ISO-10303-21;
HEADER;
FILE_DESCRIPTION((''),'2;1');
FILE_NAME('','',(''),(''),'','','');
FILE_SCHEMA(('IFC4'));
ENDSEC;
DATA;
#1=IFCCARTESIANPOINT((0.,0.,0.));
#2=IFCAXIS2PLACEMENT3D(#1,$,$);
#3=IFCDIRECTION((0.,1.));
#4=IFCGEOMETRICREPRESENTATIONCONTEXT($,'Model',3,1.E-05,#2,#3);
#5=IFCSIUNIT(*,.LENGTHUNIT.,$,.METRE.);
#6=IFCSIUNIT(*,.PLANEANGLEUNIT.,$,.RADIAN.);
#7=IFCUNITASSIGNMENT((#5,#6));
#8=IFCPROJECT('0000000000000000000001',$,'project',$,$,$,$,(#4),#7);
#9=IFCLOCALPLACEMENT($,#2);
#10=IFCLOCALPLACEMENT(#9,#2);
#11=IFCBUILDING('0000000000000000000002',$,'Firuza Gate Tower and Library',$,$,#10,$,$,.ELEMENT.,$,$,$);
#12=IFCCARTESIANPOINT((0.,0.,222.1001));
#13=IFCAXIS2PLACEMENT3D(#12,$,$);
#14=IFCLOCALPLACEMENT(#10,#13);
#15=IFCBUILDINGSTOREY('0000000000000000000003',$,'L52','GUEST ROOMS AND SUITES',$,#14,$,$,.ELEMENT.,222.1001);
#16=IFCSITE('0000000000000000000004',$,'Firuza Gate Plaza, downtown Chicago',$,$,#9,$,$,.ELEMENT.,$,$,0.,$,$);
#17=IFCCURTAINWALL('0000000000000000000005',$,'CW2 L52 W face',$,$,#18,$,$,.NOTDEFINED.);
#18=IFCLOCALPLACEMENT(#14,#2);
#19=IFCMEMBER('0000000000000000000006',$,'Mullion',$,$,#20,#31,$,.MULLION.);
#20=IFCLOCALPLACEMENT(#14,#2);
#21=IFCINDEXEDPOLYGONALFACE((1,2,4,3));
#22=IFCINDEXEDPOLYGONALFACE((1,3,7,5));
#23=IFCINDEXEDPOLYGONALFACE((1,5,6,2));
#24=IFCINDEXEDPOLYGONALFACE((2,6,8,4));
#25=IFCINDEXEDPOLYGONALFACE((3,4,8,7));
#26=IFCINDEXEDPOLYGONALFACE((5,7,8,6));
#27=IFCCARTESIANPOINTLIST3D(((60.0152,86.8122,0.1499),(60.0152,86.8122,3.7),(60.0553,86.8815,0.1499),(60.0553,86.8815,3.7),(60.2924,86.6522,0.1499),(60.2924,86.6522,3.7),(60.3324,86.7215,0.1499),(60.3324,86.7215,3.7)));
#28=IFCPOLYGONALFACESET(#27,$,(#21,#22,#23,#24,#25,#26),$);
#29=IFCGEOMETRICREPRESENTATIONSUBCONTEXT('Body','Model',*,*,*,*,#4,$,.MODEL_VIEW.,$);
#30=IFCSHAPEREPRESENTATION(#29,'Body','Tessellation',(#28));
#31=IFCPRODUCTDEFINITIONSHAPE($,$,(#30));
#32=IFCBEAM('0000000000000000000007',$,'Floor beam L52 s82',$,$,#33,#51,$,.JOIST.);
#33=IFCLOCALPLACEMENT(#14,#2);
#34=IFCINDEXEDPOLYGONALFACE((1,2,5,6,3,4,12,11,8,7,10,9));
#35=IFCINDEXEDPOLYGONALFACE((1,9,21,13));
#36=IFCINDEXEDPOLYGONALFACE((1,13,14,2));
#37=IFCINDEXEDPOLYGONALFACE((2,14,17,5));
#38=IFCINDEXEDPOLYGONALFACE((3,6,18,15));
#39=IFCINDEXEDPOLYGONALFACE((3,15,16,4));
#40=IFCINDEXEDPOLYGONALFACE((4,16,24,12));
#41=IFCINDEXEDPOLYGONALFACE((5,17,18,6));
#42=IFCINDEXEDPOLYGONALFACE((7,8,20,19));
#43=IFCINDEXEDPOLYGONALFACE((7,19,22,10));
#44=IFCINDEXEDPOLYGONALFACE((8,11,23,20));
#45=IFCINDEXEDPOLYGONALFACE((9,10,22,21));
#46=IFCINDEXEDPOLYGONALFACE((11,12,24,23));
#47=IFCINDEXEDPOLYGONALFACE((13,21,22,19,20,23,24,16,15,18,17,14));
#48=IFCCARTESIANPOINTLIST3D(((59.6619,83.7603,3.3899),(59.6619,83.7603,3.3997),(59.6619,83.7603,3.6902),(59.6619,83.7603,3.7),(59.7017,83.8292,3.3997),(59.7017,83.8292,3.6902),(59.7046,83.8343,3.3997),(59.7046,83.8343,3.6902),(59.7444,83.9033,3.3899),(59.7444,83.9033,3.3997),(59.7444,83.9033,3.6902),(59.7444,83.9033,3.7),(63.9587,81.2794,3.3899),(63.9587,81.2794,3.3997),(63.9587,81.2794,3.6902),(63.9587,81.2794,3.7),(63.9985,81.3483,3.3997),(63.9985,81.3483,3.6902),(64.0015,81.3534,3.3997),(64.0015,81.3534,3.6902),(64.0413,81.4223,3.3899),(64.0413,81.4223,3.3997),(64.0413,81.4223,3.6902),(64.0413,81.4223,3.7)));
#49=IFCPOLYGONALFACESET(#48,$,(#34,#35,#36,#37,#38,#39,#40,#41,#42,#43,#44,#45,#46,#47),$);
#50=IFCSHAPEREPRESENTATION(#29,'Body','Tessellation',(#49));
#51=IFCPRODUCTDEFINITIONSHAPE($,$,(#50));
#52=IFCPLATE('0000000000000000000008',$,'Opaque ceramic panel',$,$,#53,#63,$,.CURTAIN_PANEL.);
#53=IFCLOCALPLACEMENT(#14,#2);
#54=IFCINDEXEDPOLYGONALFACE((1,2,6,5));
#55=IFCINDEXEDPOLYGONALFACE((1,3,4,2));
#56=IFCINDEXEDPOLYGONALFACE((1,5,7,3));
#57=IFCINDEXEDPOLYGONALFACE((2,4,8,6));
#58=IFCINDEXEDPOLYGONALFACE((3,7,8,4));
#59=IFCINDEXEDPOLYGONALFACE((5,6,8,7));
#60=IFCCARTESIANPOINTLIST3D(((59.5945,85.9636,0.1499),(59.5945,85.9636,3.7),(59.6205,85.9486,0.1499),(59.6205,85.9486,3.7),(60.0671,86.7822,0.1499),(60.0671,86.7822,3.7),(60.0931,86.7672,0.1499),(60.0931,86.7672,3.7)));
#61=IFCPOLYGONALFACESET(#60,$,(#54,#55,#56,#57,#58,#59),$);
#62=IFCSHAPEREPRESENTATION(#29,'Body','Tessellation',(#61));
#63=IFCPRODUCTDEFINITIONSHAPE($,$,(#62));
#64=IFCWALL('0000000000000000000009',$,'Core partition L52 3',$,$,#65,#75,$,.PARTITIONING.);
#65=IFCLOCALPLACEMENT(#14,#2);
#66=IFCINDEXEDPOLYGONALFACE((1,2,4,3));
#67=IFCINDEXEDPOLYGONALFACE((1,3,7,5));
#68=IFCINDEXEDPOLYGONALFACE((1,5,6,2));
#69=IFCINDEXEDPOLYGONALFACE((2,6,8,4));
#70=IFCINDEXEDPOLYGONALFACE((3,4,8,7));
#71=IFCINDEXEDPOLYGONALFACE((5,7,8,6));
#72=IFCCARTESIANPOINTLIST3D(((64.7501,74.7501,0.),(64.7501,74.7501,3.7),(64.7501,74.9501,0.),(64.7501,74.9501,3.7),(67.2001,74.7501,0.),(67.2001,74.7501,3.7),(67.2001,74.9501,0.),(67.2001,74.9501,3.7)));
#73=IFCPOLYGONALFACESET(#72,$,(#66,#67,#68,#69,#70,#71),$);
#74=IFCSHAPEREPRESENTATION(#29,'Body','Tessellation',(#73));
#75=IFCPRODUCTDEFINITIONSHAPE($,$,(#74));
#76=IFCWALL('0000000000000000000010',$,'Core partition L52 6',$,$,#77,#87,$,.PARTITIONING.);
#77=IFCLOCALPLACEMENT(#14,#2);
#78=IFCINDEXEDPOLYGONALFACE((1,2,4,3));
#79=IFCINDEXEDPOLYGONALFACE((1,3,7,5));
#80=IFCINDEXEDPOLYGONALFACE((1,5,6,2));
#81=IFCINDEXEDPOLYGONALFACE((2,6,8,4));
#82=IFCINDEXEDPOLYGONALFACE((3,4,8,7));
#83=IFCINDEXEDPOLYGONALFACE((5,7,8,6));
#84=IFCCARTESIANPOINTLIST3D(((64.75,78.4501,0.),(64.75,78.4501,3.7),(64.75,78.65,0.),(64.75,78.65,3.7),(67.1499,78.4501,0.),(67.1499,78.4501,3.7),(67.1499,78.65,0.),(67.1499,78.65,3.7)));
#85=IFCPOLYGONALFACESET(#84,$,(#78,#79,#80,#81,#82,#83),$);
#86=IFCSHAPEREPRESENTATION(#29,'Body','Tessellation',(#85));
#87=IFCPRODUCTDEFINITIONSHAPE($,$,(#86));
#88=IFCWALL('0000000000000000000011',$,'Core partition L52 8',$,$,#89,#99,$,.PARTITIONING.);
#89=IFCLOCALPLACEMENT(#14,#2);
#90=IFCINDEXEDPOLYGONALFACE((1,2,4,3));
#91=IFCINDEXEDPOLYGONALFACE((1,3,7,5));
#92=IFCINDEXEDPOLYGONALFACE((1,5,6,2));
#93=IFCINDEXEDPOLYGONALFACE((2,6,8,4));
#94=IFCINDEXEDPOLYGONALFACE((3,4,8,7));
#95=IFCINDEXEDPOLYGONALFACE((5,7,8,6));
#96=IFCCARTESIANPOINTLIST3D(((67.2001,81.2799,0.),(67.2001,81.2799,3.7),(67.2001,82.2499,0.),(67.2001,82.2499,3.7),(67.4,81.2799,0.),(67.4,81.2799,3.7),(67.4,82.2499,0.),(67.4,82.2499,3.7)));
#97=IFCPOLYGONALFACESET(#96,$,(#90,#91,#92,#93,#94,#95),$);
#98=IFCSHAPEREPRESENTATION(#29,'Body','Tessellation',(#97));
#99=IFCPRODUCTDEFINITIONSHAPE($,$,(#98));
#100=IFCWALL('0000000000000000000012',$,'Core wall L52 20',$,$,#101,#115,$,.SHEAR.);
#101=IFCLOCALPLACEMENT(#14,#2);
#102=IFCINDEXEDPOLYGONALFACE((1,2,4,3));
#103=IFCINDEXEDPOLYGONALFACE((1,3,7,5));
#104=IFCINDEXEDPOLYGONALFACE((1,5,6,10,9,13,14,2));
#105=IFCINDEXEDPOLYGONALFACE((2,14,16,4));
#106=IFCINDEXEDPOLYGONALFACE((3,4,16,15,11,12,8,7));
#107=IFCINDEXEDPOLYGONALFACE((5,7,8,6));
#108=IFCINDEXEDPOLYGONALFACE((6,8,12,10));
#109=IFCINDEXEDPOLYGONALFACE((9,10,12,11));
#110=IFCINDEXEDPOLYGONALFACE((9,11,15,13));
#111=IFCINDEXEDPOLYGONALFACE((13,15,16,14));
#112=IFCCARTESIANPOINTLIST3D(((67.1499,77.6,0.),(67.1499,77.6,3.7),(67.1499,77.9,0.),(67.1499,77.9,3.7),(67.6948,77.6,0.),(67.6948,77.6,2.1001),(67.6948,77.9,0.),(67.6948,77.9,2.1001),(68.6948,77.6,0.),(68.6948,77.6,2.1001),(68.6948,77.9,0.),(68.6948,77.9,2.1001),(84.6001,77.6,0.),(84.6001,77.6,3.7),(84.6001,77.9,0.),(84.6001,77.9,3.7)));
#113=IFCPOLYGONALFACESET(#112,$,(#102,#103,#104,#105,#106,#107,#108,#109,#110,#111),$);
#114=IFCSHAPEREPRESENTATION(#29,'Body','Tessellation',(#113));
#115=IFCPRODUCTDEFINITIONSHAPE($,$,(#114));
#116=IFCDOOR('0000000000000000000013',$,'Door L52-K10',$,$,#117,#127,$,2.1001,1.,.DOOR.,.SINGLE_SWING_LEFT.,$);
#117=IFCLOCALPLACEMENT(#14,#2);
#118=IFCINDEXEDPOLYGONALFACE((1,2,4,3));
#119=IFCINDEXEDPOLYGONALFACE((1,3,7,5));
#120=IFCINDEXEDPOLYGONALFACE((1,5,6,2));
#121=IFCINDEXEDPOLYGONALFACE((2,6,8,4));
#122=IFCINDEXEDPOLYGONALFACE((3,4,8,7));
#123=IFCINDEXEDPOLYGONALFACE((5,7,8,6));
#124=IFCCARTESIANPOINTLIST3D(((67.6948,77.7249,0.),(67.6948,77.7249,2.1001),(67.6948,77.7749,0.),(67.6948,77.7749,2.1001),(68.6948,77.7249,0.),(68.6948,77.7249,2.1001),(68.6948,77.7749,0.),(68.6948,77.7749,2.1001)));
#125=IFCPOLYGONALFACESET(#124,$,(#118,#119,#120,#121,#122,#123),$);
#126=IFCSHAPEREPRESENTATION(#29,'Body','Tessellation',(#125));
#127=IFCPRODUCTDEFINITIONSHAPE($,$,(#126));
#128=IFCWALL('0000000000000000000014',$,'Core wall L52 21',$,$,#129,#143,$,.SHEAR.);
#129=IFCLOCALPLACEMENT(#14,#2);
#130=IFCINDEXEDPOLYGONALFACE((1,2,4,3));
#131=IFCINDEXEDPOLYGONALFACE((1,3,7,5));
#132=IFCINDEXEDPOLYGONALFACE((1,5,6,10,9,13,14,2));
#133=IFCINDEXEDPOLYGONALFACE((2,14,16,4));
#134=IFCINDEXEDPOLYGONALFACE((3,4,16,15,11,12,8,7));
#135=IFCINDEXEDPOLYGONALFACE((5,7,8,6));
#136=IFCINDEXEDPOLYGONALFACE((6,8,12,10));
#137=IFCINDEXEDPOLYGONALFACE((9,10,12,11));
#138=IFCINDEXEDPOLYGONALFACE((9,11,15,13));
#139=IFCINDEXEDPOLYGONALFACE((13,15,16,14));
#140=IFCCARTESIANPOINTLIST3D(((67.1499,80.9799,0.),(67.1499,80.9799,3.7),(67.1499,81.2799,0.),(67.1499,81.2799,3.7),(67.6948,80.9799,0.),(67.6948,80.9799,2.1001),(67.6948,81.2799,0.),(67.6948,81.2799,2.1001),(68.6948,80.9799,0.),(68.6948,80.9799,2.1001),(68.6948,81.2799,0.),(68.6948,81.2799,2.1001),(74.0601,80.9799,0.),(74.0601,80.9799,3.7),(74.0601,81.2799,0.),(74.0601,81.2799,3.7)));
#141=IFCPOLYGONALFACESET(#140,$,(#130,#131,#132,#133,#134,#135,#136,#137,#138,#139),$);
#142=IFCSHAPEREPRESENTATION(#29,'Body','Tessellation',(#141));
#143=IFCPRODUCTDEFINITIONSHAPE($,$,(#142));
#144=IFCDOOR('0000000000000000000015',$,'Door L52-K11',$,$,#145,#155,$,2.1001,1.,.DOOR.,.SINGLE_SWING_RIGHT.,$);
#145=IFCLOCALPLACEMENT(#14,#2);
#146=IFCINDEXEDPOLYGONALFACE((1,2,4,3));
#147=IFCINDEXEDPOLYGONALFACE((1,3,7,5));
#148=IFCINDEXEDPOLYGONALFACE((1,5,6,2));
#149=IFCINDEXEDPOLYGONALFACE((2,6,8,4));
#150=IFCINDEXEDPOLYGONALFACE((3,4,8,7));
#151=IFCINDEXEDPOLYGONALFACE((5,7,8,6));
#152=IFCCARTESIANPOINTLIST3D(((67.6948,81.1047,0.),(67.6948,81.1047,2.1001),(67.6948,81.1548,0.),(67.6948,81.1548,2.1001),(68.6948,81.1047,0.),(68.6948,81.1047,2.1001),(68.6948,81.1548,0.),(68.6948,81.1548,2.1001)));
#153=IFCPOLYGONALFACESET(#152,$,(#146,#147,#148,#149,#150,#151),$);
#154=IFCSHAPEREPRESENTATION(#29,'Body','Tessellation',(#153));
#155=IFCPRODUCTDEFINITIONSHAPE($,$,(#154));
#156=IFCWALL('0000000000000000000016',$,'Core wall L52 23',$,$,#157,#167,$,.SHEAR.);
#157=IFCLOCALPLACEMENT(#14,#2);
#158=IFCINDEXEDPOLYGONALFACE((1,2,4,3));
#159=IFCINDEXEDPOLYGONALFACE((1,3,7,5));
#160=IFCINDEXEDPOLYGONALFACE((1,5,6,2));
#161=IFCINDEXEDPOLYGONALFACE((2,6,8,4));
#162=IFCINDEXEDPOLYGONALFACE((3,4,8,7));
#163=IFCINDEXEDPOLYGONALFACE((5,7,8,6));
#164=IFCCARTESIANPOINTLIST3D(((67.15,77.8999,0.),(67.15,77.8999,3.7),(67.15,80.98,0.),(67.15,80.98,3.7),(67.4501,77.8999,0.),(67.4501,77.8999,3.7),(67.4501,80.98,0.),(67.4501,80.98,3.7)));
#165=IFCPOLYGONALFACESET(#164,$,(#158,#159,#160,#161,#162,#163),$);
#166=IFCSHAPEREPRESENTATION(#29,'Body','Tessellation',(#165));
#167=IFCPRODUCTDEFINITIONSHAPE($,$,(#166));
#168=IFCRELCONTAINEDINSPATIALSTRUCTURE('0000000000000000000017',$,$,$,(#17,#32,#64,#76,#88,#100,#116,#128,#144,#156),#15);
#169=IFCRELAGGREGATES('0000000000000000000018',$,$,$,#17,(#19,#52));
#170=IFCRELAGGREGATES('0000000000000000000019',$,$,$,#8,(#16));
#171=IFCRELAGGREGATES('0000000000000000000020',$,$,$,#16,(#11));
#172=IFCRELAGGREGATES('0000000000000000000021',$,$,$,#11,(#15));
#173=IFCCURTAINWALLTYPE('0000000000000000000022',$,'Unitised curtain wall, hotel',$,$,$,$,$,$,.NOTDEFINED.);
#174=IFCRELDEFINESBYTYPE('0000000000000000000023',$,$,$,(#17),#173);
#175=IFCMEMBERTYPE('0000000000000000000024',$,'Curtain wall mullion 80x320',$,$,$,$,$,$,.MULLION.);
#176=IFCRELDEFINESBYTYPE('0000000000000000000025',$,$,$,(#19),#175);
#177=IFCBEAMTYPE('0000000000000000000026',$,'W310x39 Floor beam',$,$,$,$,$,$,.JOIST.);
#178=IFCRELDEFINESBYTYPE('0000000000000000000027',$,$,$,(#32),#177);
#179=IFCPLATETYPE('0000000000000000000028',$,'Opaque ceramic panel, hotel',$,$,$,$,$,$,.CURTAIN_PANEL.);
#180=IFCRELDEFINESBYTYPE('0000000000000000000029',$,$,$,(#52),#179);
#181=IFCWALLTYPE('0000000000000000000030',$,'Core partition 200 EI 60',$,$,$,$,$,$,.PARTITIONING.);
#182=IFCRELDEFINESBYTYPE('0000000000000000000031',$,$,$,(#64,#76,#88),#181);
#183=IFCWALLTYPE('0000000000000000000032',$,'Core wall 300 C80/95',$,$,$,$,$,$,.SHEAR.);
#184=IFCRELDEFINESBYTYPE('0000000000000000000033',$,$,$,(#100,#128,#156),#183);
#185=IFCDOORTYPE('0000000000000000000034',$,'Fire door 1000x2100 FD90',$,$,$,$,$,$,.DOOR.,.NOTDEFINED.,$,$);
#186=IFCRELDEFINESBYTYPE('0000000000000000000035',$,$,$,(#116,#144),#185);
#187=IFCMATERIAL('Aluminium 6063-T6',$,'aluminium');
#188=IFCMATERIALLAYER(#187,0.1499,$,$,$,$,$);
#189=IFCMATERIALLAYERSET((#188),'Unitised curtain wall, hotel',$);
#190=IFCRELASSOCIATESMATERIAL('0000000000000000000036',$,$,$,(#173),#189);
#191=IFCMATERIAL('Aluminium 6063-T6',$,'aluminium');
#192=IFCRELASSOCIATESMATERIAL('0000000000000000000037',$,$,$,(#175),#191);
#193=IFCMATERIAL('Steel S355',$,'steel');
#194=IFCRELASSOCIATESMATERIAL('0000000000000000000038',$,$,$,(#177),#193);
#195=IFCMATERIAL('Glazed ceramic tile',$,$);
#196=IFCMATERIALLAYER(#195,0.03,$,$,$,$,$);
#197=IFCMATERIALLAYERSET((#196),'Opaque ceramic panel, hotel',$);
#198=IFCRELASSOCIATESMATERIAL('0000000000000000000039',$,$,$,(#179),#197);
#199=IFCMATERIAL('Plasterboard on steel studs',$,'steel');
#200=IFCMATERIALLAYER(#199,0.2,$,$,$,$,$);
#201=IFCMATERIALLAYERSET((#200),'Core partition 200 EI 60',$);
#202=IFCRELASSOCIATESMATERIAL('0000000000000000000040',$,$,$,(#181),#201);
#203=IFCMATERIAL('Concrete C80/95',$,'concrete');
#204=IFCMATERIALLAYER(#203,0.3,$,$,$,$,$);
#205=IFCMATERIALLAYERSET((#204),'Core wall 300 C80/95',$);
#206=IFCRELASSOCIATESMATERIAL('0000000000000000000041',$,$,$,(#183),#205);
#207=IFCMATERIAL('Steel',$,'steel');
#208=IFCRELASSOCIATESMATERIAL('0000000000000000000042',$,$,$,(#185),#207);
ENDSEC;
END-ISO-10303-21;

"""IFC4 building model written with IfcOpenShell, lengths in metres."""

from ifc_helpers import new_model, si_unit, direction, frame, frame_2d, origin, origin_2d, place, context, subcontext, project, spatial, polyline, rectangle, i_section, outline, extrude, material, layer, layer_set, material_profile, profile_set, type_object, element, fill, aggregate, save


model = new_model("IFC4")

# Units and contexts
model_context = context("Model", 3, precision=1e-05, world=origin(), true_north=direction((0.0, 1.0)))
body_context = subcontext(model_context, "Body", "Model", "MODEL_VIEW")
ifc_project = project(units=[si_unit("LENGTHUNIT", "METRE"), si_unit("PLANEANGLEUNIT", "RADIAN")], contexts=[model_context])

# Site, building, storey
site_placement = place(None, origin())
site = spatial("IfcSite", under=ifc_project, at=site_placement, Name="Firuza Gate Plaza, downtown Chicago", CompositionType="ELEMENT", RefElevation=0.0)
building_placement = place(site_placement, origin())
building = spatial("IfcBuilding", under=site, at=building_placement, Name="Firuza Gate Tower and Library", CompositionType="ELEMENT")
storey_placement = place(building_placement, frame((0.0, 0.0, 222.1001)))
storey = spatial("IfcBuildingStorey", under=building, at=storey_placement, Name="L52", Description="GUEST ROOMS AND SUITES", CompositionType="ELEMENT", Elevation=222.1001)

# Curtain wall, member
ifc_material_1 = material(Name="Aluminium 6063-T6", Category="aluminium")
ifc_layer_1 = layer(ifc_material_1, 0.1499)
ifc_layer_set_1 = layer_set([ifc_layer_1], Name="Unitised curtain wall, hotel")
curtain_wall_type = type_object("IfcCurtainWallType", Name="Unitised curtain wall, hotel", PredefinedType="NOTDEFINED", material=ifc_layer_set_1)
curtain_wall_placement = place(storey_placement, origin())
curtain_wall = element("IfcCurtainWall", 1, at=curtain_wall_placement, inside=storey, type_object=curtain_wall_type, Name="CW2 L52 W face", PredefinedType="NOTDEFINED")
ifc_material_2 = material(Name="Aluminium 6063-T6", Category="aluminium")
ifc_material_profile_1 = material_profile(ifc_material_2, rectangle(XDim=0.3201, YDim=0.0801, at=origin_2d()))
ifc_profile_set_1 = profile_set([ifc_material_profile_1], Name="Aluminium 6063-T6")
member_type = type_object("IfcMemberType", Name="Curtain wall mullion 80x320", PredefinedType="MULLION", material=ifc_profile_set_1)
member_placement = place(storey_placement, frame((60.1738, 86.7668, 0.1499), z_axis=(0.0, 0.0, 1.0), x_axis=(0.866025, -0.5, 0.0)))
member = element("IfcMember", 2, at=member_placement, type_object=member_type, Name="Mullion", PredefinedType="MULLION", context=body_context, shape_type="SweptSolid", body=[
    extrude(rectangle(XDim=0.3201, YDim=0.0801, at=origin_2d()), origin(), (0.0, 0.0, 1.0), 3.55),
])

# Beam
ifc_material_3 = material(Name="Steel S355", Category="steel")
ifc_material_profile_2 = material_profile(ifc_material_3, i_section(OverallWidth=0.165, OverallDepth=0.3101, WebThickness=0.0059, FlangeThickness=0.0098, at=origin_2d()))
ifc_profile_set_2 = profile_set([ifc_material_profile_2], Name="Steel S355")
beam_type = type_object("IfcBeamType", Name="W310x39 Floor beam", PredefinedType="JOIST", material=ifc_profile_set_2)
beam_placement = place(storey_placement, frame((59.7031, 83.8318, 3.5449), z_axis=(0.866012, -0.500023, 0.0), x_axis=(0.500023, 0.866012, 0.0)))
element("IfcBeam", 3, at=beam_placement, inside=storey, type_object=beam_type, Name="Floor beam L52 s82", PredefinedType="JOIST", context=body_context, shape_type="SweptSolid", body=[
    extrude(i_section(OverallWidth=0.165, OverallDepth=0.3101, WebThickness=0.0059, FlangeThickness=0.0098, at=origin_2d()), origin(), (0.0, 0.0, 1.0), 4.9617),
])

# Plate
ifc_material_4 = material(Name="Glazed ceramic tile")
ifc_layer_2 = layer(ifc_material_4, 0.03)
ifc_layer_set_2 = layer_set([ifc_layer_2], Name="Opaque ceramic panel, hotel")
plate_type = type_object("IfcPlateType", Name="Opaque ceramic panel, hotel", PredefinedType="CURTAIN_PANEL", material=ifc_layer_set_2)
plate_placement = place(storey_placement, frame((60.0671, 86.7822, 0.1499), z_axis=(-0.866009, 0.500028, 0.0), x_axis=(-0.500028, -0.866009, 0.0)))
plate = element("IfcPlate", 4, at=plate_placement, type_object=plate_type, Name="Opaque ceramic panel", PredefinedType="CURTAIN_PANEL", context=body_context, shape_type="SweptSolid", body=[
    extrude(outline(polyline([(0.0, 0.0), (0.9453, 0.0), (0.9453, 3.55), (0.0, 3.55), (0.0, 0.0)])), origin(), (0.0, 0.0, -1.0), 0.03),
])
aggregate(curtain_wall, [member, plate])

# Walls
ifc_material_5 = material(Name="Plasterboard on steel studs", Category="steel")
ifc_layer_3 = layer(ifc_material_5, 0.2)
ifc_layer_set_3 = layer_set([ifc_layer_3], Name="Core partition 200 EI 60")
wall_type_1 = type_object("IfcWallType", Name="Core partition 200 EI 60", PredefinedType="PARTITIONING", material=ifc_layer_set_3)
wall_1_placement = place(storey_placement, frame((64.75, 74.8501, 0.0), z_axis=(0.0, 0.0, 1.0), x_axis=(1.0, 0.0, 0.0)))
element("IfcWall", 5, at=wall_1_placement, inside=storey, type_object=wall_type_1, Name="Core partition L52 3", PredefinedType="PARTITIONING", context=body_context, shape_type="SweptSolid", body=[
    extrude(rectangle(XDim=2.45, YDim=0.2, at=frame_2d((1.2251, 0.0))), origin(), (0.0, 0.0, 1.0), 3.7),
])
wall_2_placement = place(storey_placement, frame((64.75, 78.55, 0.0), z_axis=(0.0, 0.0, 1.0), x_axis=(1.0, 0.0, 0.0)))
element("IfcWall", 6, at=wall_2_placement, inside=storey, type_object=wall_type_1, Name="Core partition L52 6", PredefinedType="PARTITIONING", context=body_context, shape_type="SweptSolid", body=[
    extrude(rectangle(XDim=2.3999, YDim=0.2, at=frame_2d((1.2, 0.0))), origin(), (0.0, 0.0, 1.0), 3.7),
])
wall_3_placement = place(storey_placement, frame((67.3, 81.28, 0.0), z_axis=(0.0, 0.0, 1.0), x_axis=(0.0, 1.0, 0.0)))
element("IfcWall", 7, at=wall_3_placement, inside=storey, type_object=wall_type_1, Name="Core partition L52 8", PredefinedType="PARTITIONING", context=body_context, shape_type="SweptSolid", body=[
    extrude(rectangle(XDim=0.97, YDim=0.2, at=frame_2d((0.4849, 0.0))), origin(), (0.0, 0.0, 1.0), 3.7),
])

# Walls, openings, doors
ifc_material_6 = material(Name="Concrete C80/95", Category="concrete")
ifc_layer_4 = layer(ifc_material_6, 0.3)
ifc_layer_set_4 = layer_set([ifc_layer_4], Name="Core wall 300 C80/95")
wall_type_2 = type_object("IfcWallType", Name="Core wall 300 C80/95", PredefinedType="SHEAR", material=ifc_layer_set_4)
wall_4_placement = place(storey_placement, frame((67.1499, 77.75, 0.0), z_axis=(0.0, 0.0, 1.0), x_axis=(1.0, 0.0, 0.0)))
wall_4 = element("IfcWall", 8, at=wall_4_placement, inside=storey, type_object=wall_type_2, Name="Core wall L52 20", PredefinedType="SHEAR", context=body_context, shape_type="SweptSolid", body=[
    extrude(rectangle(XDim=17.4502, YDim=0.3, at=frame_2d((8.7251, 0.0))), origin(), (0.0, 0.0, 1.0), 3.7),
])
opening_1_placement = place(wall_4_placement, frame((0.5449, 0.0, 0.0)))
opening_1 = element("IfcOpeningElement", 9, at=opening_1_placement, cuts=wall_4, PredefinedType="OPENING", context=body_context, shape_type="SweptSolid", body=[
    extrude(rectangle(XDim=1.0, YDim=2.1001, at=frame_2d((0.5, 1.05))), frame((0.0, 0.1602, 0.0), z_axis=(0.0, -1.0, 0.0), x_axis=(1.0, 0.0, 0.0)), (0.0, 0.0, 1.0), 0.3201),
])
ifc_material_7 = material(Name="Steel", Category="steel")
door_type_1 = type_object("IfcDoorType", Name="Fire door 1000x2100 FD90", OperationType="NOTDEFINED", PredefinedType="DOOR", material=ifc_material_7)
door_1_placement = place(opening_1_placement, origin())
door_1 = element("IfcDoor", 10, at=door_1_placement, inside=storey, type_object=door_type_1, Name="Door L52-K10", OperationType="SINGLE_SWING_LEFT", OverallHeight=2.1001, OverallWidth=1.0, PredefinedType="DOOR", context=body_context, shape_type="SweptSolid", body=[
    extrude(rectangle(XDim=1.0, YDim=2.1001, at=frame_2d((0.5, 1.05))), frame((0.0, 0.0249, 0.0), z_axis=(0.0, -1.0, 0.0), x_axis=(1.0, 0.0, 0.0)), (0.0, 0.0, 1.0), 0.05),
])
fill(opening_1, door_1)
wall_5_placement = place(storey_placement, frame((67.1499, 81.1299, 0.0), z_axis=(0.0, 0.0, 1.0), x_axis=(1.0, 0.0, 0.0)))
wall_5 = element("IfcWall", 11, at=wall_5_placement, inside=storey, type_object=wall_type_2, Name="Core wall L52 21", PredefinedType="SHEAR", context=body_context, shape_type="SweptSolid", body=[
    extrude(rectangle(XDim=6.9102, YDim=0.3, at=frame_2d((3.4551, 0.0))), origin(), (0.0, 0.0, 1.0), 3.7),
])
opening_2_placement = place(wall_5_placement, frame((0.5449, 0.0, 0.0)))
opening_2 = element("IfcOpeningElement", 12, at=opening_2_placement, cuts=wall_5, PredefinedType="OPENING", context=body_context, shape_type="SweptSolid", body=[
    extrude(rectangle(XDim=1.0, YDim=2.1001, at=frame_2d((0.5, 1.05))), frame((0.0, 0.1602, 0.0), z_axis=(0.0, -1.0, 0.0), x_axis=(1.0, 0.0, 0.0)), (0.0, 0.0, 1.0), 0.3201),
])
door_2_placement = place(opening_2_placement, origin())
door_2 = element("IfcDoor", 13, at=door_2_placement, inside=storey, type_object=door_type_1, Name="Door L52-K11", OperationType="SINGLE_SWING_RIGHT", OverallHeight=2.1001, OverallWidth=1.0, PredefinedType="DOOR", context=body_context, shape_type="SweptSolid", body=[
    extrude(rectangle(XDim=1.0, YDim=2.1001, at=frame_2d((0.5, 1.05))), frame((0.0, 0.0249, 0.0), z_axis=(0.0, -1.0, 0.0), x_axis=(1.0, 0.0, 0.0)), (0.0, 0.0, 1.0), 0.05),
])
fill(opening_2, door_2)

# Wall
wall_6_placement = place(storey_placement, frame((67.3, 77.8999, 0.0), z_axis=(0.0, 0.0, 1.0), x_axis=(0.0, 1.0, 0.0)))
element("IfcWall", 14, at=wall_6_placement, inside=storey, type_object=wall_type_2, Name="Core wall L52 23", PredefinedType="SHEAR", context=body_context, shape_type="SweptSolid", body=[
    extrude(rectangle(XDim=3.0801, YDim=0.3, at=frame_2d((1.54, 0.0))), origin(), (0.0, 0.0, 1.0), 3.7),
])

save(model, "model.ifc")
